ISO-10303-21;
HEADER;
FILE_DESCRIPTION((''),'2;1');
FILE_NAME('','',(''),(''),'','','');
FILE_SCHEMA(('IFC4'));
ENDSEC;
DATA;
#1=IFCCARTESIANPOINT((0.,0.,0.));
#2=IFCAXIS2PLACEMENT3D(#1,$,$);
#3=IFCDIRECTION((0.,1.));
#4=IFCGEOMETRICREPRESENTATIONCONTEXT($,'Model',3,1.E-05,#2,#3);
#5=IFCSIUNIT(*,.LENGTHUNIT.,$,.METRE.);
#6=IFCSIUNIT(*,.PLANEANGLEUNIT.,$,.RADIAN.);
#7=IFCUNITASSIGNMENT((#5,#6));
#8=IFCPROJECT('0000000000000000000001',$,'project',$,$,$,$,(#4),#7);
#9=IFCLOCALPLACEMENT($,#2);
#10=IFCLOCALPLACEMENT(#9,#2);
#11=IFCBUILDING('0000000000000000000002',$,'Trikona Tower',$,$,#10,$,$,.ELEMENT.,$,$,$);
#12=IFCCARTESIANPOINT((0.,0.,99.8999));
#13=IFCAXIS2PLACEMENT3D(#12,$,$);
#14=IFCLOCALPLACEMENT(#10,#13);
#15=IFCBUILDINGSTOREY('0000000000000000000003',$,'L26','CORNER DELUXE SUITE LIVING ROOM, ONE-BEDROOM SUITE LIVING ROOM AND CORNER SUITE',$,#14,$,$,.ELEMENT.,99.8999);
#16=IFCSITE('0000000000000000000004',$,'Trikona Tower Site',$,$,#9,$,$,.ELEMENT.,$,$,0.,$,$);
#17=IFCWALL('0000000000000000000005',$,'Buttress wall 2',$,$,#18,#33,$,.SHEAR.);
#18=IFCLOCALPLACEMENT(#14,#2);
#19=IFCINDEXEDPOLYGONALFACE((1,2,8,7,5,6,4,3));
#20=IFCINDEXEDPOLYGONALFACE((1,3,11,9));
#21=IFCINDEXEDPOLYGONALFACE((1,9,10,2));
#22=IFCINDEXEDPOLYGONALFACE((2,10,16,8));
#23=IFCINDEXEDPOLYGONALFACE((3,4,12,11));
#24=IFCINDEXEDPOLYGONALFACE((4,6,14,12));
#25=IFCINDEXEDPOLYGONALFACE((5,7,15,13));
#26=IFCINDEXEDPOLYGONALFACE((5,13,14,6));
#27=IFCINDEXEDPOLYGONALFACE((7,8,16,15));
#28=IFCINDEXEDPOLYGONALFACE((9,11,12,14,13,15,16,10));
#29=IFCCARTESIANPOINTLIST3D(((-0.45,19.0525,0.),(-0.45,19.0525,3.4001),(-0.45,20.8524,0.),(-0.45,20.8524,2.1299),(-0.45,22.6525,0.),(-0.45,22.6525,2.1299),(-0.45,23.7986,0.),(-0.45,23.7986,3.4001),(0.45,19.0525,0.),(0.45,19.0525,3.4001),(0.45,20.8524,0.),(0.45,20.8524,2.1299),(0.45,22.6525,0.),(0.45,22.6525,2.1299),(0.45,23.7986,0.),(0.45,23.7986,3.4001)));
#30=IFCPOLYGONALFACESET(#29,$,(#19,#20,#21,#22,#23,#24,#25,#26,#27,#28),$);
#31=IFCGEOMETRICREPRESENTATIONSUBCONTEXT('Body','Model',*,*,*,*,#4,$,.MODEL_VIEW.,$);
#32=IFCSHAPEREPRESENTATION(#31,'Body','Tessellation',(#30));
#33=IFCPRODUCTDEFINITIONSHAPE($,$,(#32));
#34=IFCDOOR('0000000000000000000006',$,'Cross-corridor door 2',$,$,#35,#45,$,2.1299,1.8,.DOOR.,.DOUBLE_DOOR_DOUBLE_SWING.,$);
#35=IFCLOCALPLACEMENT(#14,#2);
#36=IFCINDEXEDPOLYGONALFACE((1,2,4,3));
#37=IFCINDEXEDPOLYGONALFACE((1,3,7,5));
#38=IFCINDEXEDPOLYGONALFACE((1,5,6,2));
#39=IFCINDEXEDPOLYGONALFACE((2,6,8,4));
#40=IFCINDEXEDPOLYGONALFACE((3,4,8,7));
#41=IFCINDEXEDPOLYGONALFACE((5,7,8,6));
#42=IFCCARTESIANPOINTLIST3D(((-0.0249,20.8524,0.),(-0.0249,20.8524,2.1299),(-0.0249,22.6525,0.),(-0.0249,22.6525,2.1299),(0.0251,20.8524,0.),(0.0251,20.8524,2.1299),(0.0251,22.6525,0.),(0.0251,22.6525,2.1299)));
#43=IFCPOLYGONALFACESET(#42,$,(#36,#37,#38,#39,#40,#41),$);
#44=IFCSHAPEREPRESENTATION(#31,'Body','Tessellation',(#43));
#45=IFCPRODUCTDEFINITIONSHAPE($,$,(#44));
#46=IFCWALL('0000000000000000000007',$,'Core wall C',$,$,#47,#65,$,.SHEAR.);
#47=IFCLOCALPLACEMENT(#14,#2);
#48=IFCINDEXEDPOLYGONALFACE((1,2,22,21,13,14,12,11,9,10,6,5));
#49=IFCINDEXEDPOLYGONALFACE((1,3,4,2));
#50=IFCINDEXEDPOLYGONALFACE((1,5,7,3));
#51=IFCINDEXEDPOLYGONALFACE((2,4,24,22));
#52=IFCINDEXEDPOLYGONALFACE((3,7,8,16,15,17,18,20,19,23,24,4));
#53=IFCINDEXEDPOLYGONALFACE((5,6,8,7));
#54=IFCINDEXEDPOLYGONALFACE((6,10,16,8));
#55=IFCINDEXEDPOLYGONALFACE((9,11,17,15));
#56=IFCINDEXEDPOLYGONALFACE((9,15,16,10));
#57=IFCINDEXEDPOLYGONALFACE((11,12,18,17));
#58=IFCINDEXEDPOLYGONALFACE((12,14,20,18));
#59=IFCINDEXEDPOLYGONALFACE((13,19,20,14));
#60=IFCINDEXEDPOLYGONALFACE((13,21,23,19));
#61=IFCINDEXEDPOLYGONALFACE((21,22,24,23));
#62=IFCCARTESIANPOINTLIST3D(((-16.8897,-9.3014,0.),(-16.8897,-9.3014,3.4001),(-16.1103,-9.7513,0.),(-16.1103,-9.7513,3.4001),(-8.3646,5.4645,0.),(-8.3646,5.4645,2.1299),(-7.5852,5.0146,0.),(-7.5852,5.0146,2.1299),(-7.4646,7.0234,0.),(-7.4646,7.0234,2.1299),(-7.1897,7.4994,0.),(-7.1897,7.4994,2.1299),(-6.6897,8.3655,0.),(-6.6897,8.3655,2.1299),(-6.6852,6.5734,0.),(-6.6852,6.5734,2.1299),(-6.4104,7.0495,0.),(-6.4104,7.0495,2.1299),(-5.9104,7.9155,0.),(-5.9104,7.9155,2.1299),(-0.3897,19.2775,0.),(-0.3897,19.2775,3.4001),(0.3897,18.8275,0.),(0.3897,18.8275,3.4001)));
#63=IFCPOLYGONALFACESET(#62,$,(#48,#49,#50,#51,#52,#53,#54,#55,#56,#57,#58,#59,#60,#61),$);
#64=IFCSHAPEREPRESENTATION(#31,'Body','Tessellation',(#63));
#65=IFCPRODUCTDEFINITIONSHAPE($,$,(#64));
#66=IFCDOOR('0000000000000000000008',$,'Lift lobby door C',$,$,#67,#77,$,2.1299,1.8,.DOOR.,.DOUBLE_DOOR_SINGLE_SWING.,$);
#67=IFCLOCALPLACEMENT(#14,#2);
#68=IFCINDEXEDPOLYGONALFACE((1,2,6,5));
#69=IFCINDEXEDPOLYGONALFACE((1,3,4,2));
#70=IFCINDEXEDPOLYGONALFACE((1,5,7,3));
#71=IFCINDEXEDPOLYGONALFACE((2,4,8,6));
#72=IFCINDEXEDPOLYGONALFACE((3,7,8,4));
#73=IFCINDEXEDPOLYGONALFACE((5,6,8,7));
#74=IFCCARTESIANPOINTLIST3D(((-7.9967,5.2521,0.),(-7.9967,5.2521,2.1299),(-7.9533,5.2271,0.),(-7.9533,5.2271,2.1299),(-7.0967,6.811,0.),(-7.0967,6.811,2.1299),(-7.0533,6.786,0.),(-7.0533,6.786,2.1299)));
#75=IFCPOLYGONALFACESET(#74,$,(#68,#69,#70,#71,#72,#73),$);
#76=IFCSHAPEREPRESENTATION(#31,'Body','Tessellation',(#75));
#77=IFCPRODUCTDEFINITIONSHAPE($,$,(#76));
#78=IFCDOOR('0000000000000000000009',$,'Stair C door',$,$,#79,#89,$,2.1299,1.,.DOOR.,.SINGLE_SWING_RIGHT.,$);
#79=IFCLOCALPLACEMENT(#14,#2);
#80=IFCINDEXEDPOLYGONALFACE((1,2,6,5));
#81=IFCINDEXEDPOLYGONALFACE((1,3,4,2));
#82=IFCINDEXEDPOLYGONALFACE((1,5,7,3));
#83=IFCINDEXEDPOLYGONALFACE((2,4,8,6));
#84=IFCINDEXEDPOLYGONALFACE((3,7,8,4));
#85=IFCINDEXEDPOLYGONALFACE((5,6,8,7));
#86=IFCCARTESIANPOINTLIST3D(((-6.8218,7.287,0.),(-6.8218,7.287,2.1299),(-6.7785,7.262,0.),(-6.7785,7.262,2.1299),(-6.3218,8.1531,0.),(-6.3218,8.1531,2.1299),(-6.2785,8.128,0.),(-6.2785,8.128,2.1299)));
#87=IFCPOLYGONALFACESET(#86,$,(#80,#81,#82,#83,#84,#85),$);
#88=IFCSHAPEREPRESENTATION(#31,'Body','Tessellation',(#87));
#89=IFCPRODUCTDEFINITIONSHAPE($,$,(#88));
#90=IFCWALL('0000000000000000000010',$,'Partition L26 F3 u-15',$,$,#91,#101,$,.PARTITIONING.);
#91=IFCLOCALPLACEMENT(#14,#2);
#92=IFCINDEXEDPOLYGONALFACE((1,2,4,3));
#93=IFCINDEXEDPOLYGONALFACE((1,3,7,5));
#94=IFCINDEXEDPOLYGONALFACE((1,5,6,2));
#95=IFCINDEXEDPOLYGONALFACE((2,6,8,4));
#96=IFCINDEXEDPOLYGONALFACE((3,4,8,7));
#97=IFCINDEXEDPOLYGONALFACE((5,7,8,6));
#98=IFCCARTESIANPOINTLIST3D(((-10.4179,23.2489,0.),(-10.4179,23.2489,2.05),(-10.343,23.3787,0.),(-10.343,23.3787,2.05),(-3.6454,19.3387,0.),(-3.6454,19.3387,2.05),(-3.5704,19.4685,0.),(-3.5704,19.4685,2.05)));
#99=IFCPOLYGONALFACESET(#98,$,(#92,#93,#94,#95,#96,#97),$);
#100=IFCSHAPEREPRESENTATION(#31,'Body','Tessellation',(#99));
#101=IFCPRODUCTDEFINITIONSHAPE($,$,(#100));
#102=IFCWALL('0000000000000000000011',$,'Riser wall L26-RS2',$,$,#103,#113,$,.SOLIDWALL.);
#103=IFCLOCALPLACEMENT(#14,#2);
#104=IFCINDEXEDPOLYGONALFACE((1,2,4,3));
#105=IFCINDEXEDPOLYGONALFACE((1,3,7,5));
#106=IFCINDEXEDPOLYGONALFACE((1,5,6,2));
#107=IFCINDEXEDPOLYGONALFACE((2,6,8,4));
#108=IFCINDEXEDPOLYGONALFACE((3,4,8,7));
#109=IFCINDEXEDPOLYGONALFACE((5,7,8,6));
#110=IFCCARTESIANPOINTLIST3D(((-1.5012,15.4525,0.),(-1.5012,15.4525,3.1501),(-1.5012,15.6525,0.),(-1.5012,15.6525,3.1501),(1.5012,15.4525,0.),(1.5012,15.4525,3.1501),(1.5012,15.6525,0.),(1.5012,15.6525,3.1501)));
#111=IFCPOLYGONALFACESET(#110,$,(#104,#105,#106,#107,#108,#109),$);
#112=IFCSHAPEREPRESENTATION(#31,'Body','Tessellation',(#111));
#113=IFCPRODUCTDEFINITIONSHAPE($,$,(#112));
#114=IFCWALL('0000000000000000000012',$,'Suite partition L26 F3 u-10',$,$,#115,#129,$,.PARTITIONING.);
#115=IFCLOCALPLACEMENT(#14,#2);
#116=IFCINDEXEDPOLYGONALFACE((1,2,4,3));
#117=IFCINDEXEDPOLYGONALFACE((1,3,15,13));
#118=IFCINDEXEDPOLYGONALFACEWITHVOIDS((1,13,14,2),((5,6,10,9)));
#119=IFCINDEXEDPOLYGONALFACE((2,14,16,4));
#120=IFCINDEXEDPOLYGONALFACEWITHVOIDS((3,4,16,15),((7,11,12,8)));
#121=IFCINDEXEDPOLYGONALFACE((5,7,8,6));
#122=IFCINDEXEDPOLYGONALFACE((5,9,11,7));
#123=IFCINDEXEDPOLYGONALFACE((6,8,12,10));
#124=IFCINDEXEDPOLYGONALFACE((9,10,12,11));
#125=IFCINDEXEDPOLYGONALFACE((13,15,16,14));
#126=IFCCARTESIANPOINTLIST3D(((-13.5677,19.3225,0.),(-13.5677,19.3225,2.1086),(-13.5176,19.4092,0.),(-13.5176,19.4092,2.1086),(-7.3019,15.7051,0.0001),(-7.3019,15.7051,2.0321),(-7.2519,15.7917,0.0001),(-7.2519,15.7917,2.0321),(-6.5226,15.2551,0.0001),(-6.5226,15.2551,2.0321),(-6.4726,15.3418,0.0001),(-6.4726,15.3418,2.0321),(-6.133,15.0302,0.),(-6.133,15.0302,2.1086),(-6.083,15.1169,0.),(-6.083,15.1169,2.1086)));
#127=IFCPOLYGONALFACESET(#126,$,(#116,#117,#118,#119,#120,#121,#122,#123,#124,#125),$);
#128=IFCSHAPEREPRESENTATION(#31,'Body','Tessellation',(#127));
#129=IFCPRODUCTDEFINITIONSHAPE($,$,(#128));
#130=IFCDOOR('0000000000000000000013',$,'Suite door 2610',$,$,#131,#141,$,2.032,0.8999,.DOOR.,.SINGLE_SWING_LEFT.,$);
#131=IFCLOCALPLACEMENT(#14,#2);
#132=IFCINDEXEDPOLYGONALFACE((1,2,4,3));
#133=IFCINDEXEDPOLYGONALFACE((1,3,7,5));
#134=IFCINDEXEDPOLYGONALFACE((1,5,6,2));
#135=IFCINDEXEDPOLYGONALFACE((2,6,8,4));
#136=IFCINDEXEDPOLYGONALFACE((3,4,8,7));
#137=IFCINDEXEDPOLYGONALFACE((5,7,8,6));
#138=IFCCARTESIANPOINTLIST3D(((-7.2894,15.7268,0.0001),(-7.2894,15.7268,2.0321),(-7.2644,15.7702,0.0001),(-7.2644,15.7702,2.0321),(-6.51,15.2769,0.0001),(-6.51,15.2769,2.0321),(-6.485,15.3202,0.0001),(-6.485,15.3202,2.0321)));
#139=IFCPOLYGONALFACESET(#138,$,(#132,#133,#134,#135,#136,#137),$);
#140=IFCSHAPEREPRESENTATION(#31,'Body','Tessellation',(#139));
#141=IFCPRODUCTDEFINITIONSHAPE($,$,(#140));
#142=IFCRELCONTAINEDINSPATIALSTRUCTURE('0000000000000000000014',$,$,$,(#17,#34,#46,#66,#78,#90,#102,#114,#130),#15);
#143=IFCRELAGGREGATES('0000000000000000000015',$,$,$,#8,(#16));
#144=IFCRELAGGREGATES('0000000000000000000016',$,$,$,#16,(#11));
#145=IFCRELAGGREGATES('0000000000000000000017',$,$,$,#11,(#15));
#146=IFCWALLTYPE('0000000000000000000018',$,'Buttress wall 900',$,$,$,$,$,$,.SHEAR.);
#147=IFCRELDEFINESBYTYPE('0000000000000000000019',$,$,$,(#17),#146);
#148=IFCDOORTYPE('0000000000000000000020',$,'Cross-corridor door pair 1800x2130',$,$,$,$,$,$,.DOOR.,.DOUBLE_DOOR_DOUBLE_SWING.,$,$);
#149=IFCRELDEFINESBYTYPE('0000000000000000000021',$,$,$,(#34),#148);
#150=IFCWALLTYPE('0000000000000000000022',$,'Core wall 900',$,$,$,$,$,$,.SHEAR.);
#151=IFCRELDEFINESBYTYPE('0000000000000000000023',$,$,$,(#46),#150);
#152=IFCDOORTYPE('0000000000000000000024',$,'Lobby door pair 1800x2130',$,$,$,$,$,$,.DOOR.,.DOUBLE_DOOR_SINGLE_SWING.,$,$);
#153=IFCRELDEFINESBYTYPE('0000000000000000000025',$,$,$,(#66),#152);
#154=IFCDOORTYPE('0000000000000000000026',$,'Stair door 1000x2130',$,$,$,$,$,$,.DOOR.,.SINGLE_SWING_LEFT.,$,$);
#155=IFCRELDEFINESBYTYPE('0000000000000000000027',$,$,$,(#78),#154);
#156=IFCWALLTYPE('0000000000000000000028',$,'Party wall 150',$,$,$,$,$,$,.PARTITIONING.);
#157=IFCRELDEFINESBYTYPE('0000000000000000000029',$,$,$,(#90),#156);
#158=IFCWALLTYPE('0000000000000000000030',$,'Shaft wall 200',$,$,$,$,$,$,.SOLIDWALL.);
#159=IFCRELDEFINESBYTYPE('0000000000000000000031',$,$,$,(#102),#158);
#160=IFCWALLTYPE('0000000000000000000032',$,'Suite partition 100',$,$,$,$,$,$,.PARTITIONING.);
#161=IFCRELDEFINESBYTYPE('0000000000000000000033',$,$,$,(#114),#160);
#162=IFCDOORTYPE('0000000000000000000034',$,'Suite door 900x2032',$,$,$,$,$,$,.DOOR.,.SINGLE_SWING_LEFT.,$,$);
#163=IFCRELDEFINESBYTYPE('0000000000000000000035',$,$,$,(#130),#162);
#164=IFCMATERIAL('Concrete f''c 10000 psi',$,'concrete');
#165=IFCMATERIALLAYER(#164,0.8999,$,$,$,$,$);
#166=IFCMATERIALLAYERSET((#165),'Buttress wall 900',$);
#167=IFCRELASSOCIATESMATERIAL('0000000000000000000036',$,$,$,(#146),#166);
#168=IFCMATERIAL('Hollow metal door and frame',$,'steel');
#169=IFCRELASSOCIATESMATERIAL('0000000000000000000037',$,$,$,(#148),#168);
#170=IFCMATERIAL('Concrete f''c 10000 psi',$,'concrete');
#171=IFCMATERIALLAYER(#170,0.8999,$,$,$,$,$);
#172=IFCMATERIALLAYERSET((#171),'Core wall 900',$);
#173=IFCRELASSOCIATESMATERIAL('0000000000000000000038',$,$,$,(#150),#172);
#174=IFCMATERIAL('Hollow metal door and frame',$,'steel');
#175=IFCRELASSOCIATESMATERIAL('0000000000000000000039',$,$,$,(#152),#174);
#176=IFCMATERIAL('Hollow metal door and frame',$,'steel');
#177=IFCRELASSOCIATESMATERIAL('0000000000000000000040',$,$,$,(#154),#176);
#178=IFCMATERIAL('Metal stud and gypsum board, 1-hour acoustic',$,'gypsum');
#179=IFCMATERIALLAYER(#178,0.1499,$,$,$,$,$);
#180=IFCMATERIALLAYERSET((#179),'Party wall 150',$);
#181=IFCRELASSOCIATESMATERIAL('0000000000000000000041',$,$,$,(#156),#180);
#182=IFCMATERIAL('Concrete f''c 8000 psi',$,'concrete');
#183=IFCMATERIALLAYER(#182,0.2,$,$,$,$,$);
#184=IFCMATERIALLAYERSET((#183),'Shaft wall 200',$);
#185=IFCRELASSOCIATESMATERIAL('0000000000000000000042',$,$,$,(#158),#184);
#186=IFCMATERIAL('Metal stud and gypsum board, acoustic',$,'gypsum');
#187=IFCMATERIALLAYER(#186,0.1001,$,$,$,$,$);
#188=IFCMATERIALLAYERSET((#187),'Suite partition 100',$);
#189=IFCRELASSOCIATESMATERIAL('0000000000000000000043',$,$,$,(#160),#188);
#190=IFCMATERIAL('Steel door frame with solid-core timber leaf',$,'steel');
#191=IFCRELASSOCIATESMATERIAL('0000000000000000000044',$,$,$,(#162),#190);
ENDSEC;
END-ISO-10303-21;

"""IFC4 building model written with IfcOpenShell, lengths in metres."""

from ifc_helpers import new_model, si_unit, direction, frame, frame_2d, origin, place, context, subcontext, project, spatial, rectangle, extrude, material, layer, layer_set, type_object, element, fill, save


model = new_model("IFC4")

# Units and contexts
model_context = context("Model", 3, precision=1e-05, world=origin(), true_north=direction((0.0, 1.0)))
body_context = subcontext(model_context, "Body", "Model", "MODEL_VIEW")
ifc_project = project(units=[si_unit("LENGTHUNIT", "METRE"), si_unit("PLANEANGLEUNIT", "RADIAN")], contexts=[model_context])

# Site, building, storey
site_placement = place(None, origin())
site = spatial("IfcSite", under=ifc_project, at=site_placement, Name="Trikona Tower Site", CompositionType="ELEMENT", RefElevation=0.0)
building_placement = place(site_placement, origin())
building = spatial("IfcBuilding", under=site, at=building_placement, Name="Trikona Tower", CompositionType="ELEMENT")
storey_placement = place(building_placement, frame((0.0, 0.0, 99.8999)))
storey = spatial("IfcBuildingStorey", under=building, at=storey_placement, Name="L26", Description="CORNER DELUXE SUITE LIVING ROOM, ONE-BEDROOM SUITE LIVING ROOM AND CORNER SUITE", CompositionType="ELEMENT", Elevation=99.8999)

# Wall, opening, door
ifc_material_1 = material(Name="Concrete f'c 10000 psi", Category="concrete")
ifc_layer_1 = layer(ifc_material_1, 0.8999)
ifc_layer_set_1 = layer_set([ifc_layer_1], Name="Buttress wall 900")
wall_type_1 = type_object("IfcWallType", Name="Buttress wall 900", PredefinedType="SHEAR", material=ifc_layer_set_1)
wall_1_placement = place(storey_placement, frame((0.0, 19.0525, 0.0), z_axis=(0.0, 0.0, 1.0), x_axis=(0.0, 1.0, 0.0)))
wall_1 = element("IfcWall", 1, at=wall_1_placement, inside=storey, type_object=wall_type_1, Name="Buttress wall 2", PredefinedType="SHEAR", context=body_context, shape_type="SweptSolid", body=[
    extrude(rectangle(XDim=4.7461, YDim=0.8999, at=frame_2d((2.373, 0.0))), origin(), (0.0, 0.0, 1.0), 3.4001),
])
opening_1_placement = place(wall_1_placement, frame((1.8, 0.0, 0.0)))
opening_1 = element("IfcOpeningElement", 2, at=opening_1_placement, cuts=wall_1, PredefinedType="OPENING", context=body_context, shape_type="SweptSolid", body=[
    extrude(rectangle(XDim=1.8, YDim=2.1299, at=frame_2d((0.8999, 1.0649))), frame((0.0, 0.46, 0.0), z_axis=(0.0, -1.0, 0.0), x_axis=(1.0, 0.0, 0.0)), (0.0, 0.0, 1.0), 0.9199),
])
ifc_material_2 = material(Name="Hollow metal door and frame", Category="steel")
door_type_1 = type_object("IfcDoorType", Name="Cross-corridor door pair 1800x2130", OperationType="DOUBLE_DOOR_DOUBLE_SWING", PredefinedType="DOOR", material=ifc_material_2)
door_1_placement = place(opening_1_placement, origin())
door_1 = element("IfcDoor", 3, at=door_1_placement, inside=storey, type_object=door_type_1, Name="Cross-corridor door 2", OperationType="DOUBLE_DOOR_DOUBLE_SWING", OverallHeight=2.1299, OverallWidth=1.8, PredefinedType="DOOR", context=body_context, shape_type="SweptSolid", body=[
    extrude(rectangle(XDim=1.8, YDim=2.1299, at=frame_2d((0.8999, 1.0649))), frame((0.0, 0.0249, 0.0), z_axis=(0.0, -1.0, 0.0), x_axis=(1.0, 0.0, 0.0)), (0.0, 0.0, 1.0), 0.05),
])
fill(opening_1, door_1)

# Wall, openings, doors
ifc_material_3 = material(Name="Concrete f'c 10000 psi", Category="concrete")
ifc_layer_2 = layer(ifc_material_3, 0.8999)
ifc_layer_set_2 = layer_set([ifc_layer_2], Name="Core wall 900")
wall_type_2 = type_object("IfcWallType", Name="Core wall 900", PredefinedType="SHEAR", material=ifc_layer_set_2)
wall_2_placement = place(storey_placement, frame((0.0, 19.0525, 0.0), z_axis=(0.0, 0.0, 1.0), x_axis=(-0.5, -0.866026, 0.0)))
wall_2 = element("IfcWall", 4, at=wall_2_placement, inside=storey, type_object=wall_type_2, Name="Core wall C", PredefinedType="SHEAR", context=body_context, shape_type="SweptSolid", body=[
    extrude(rectangle(XDim=33.0, YDim=0.8999, at=frame_2d((16.5, 0.0))), origin(), (0.0, 0.0, 1.0), 3.4001),
])
opening_2_placement = place(wall_2_placement, frame((14.1499, 0.0, 0.0)))
opening_2 = element("IfcOpeningElement", 5, at=opening_2_placement, cuts=wall_2, PredefinedType="OPENING", context=body_context, shape_type="SweptSolid", body=[
    extrude(rectangle(XDim=1.8, YDim=2.1299, at=frame_2d((0.8999, 1.0649))), frame((0.0, 0.46, 0.0), z_axis=(0.0, -1.0, 0.0), x_axis=(1.0, 0.0, 0.0)), (0.0, 0.0, 1.0), 0.9199),
])
opening_3_placement = place(wall_2_placement, frame((12.6001, 0.0, 0.0)))
opening_3 = element("IfcOpeningElement", 6, at=opening_3_placement, cuts=wall_2, PredefinedType="OPENING", context=body_context, shape_type="SweptSolid", body=[
    extrude(rectangle(XDim=1.0, YDim=2.1299, at=frame_2d((0.5, 1.0649))), frame((0.0, 0.46, 0.0), z_axis=(0.0, -1.0, 0.0), x_axis=(1.0, 0.0, 0.0)), (0.0, 0.0, 1.0), 0.9199),
])
ifc_material_4 = material(Name="Hollow metal door and frame", Category="steel")
door_type_2 = type_object("IfcDoorType", Name="Lobby door pair 1800x2130", OperationType="DOUBLE_DOOR_SINGLE_SWING", PredefinedType="DOOR", material=ifc_material_4)
door_2_placement = place(opening_2_placement, origin())
door_2 = element("IfcDoor", 7, at=door_2_placement, inside=storey, type_object=door_type_2, Name="Lift lobby door C", OperationType="DOUBLE_DOOR_SINGLE_SWING", OverallHeight=2.1299, OverallWidth=1.8, PredefinedType="DOOR", context=body_context, shape_type="SweptSolid", body=[
    extrude(rectangle(XDim=1.8, YDim=2.1299, at=frame_2d((0.8999, 1.0649))), frame((0.0, 0.0249, 0.0), z_axis=(0.0, -1.0, 0.0), x_axis=(1.0, 0.0, 0.0)), (0.0, 0.0, 1.0), 0.05),
])
fill(opening_2, door_2)
ifc_material_5 = material(Name="Hollow metal door and frame", Category="steel")
door_type_3 = type_object("IfcDoorType", Name="Stair door 1000x2130", OperationType="SINGLE_SWING_LEFT", PredefinedType="DOOR", material=ifc_material_5)
door_3_placement = place(opening_3_placement, origin())
door_3 = element("IfcDoor", 8, at=door_3_placement, inside=storey, type_object=door_type_3, Name="Stair C door", OperationType="SINGLE_SWING_RIGHT", OverallHeight=2.1299, OverallWidth=1.0, PredefinedType="DOOR", context=body_context, shape_type="SweptSolid", body=[
    extrude(rectangle(XDim=1.0, YDim=2.1299, at=frame_2d((0.5, 1.0649))), frame((0.0, 0.0249, 0.0), z_axis=(0.0, -1.0, 0.0), x_axis=(1.0, 0.0, 0.0)), (0.0, 0.0, 1.0), 0.05),
])
fill(opening_3, door_3)

# Walls
ifc_material_6 = material(Name="Metal stud and gypsum board, 1-hour acoustic", Category="gypsum")
ifc_layer_3 = layer(ifc_material_6, 0.1499)
ifc_layer_set_3 = layer_set([ifc_layer_3], Name="Party wall 150")
wall_type_3 = type_object("IfcWallType", Name="Party wall 150", PredefinedType="PARTITIONING", material=ifc_layer_set_3)
wall_3_placement = place(storey_placement, frame((-3.6079, 19.4036, 0.0), z_axis=(0.0, 0.0, 1.0), x_axis=(-0.866021, 0.500007, 0.0)))
element("IfcWall", 9, at=wall_3_placement, inside=storey, type_object=wall_type_3, Name="Partition L26 F3 u-15", PredefinedType="PARTITIONING", context=body_context, shape_type="SweptSolid", body=[
    extrude(rectangle(XDim=7.8203, YDim=0.1499, at=frame_2d((3.9102, 0.0))), origin(), (0.0, 0.0, 1.0), 2.05),
])
ifc_material_7 = material(Name="Concrete f'c 8000 psi", Category="concrete")
ifc_layer_4 = layer(ifc_material_7, 0.2)
ifc_layer_set_4 = layer_set([ifc_layer_4], Name="Shaft wall 200")
wall_type_4 = type_object("IfcWallType", Name="Shaft wall 200", PredefinedType="SOLIDWALL", material=ifc_layer_set_4)
wall_4_placement = place(storey_placement, frame((-1.5012, 15.5525, 0.0), z_axis=(0.0, 0.0, 1.0), x_axis=(1.0, 0.0, 0.0)))
element("IfcWall", 10, at=wall_4_placement, inside=storey, type_object=wall_type_4, Name="Riser wall L26-RS2", PredefinedType="SOLIDWALL", context=body_context, shape_type="SweptSolid", body=[
    extrude(rectangle(XDim=3.0024, YDim=0.2, at=frame_2d((1.5012, 0.0))), origin(), (0.0, 0.0, 1.0), 3.1501),
])

# Wall, opening, door
ifc_material_8 = material(Name="Metal stud and gypsum board, acoustic", Category="gypsum")
ifc_layer_5 = layer(ifc_material_8, 0.1001)
ifc_layer_set_5 = layer_set([ifc_layer_5], Name="Suite partition 100")
wall_type_5 = type_object("IfcWallType", Name="Suite partition 100", PredefinedType="PARTITIONING", material=ifc_layer_set_5)
wall_5_placement = place(storey_placement, frame((-6.1079, 15.0735, 0.0), z_axis=(0.0, 0.0, 1.0), x_axis=(-0.866031, 0.49999, 0.0)))
wall_5 = element("IfcWall", 11, at=wall_5_placement, inside=storey, type_object=wall_type_5, Name="Suite partition L26 F3 u-10", PredefinedType="PARTITIONING", context=body_context, shape_type="SweptSolid", body=[
    extrude(rectangle(XDim=8.5847, YDim=0.1001, at=frame_2d((4.2925, 0.0))), origin(), (0.0, 0.0, 1.0), 2.1086),
])
opening_4_placement = place(wall_5_placement, frame((0.45, 0.0, 0.0)))
opening_4 = element("IfcOpeningElement", 12, at=opening_4_placement, cuts=wall_5, PredefinedType="OPENING", context=body_context, shape_type="SweptSolid", body=[
    extrude(rectangle(XDim=0.8999, YDim=2.032, at=frame_2d((0.45, 1.0161))), frame((0.0, 0.0601, 0.0), z_axis=(0.0, -1.0, 0.0), x_axis=(1.0, 0.0, 0.0)), (0.0, 0.0, 1.0), 0.1201),
])
ifc_material_9 = material(Name="Steel door frame with solid-core timber leaf", Category="steel")
door_type_4 = type_object("IfcDoorType", Name="Suite door 900x2032", OperationType="SINGLE_SWING_LEFT", PredefinedType="DOOR", material=ifc_material_9)
door_4_placement = place(opening_4_placement, origin())
door_4 = element("IfcDoor", 13, at=door_4_placement, inside=storey, type_object=door_type_4, Name="Suite door 2610", OperationType="SINGLE_SWING_LEFT", OverallHeight=2.032, OverallWidth=0.8999, PredefinedType="DOOR", context=body_context, shape_type="SweptSolid", body=[
    extrude(rectangle(XDim=0.8999, YDim=2.032, at=frame_2d((0.45, 1.0161))), frame((0.0, 0.0249, 0.0), z_axis=(0.0, -1.0, 0.0), x_axis=(1.0, 0.0, 0.0)), (0.0, 0.0, 1.0), 0.05),
])
fill(opening_4, door_4)

save(model, "model.ifc")
